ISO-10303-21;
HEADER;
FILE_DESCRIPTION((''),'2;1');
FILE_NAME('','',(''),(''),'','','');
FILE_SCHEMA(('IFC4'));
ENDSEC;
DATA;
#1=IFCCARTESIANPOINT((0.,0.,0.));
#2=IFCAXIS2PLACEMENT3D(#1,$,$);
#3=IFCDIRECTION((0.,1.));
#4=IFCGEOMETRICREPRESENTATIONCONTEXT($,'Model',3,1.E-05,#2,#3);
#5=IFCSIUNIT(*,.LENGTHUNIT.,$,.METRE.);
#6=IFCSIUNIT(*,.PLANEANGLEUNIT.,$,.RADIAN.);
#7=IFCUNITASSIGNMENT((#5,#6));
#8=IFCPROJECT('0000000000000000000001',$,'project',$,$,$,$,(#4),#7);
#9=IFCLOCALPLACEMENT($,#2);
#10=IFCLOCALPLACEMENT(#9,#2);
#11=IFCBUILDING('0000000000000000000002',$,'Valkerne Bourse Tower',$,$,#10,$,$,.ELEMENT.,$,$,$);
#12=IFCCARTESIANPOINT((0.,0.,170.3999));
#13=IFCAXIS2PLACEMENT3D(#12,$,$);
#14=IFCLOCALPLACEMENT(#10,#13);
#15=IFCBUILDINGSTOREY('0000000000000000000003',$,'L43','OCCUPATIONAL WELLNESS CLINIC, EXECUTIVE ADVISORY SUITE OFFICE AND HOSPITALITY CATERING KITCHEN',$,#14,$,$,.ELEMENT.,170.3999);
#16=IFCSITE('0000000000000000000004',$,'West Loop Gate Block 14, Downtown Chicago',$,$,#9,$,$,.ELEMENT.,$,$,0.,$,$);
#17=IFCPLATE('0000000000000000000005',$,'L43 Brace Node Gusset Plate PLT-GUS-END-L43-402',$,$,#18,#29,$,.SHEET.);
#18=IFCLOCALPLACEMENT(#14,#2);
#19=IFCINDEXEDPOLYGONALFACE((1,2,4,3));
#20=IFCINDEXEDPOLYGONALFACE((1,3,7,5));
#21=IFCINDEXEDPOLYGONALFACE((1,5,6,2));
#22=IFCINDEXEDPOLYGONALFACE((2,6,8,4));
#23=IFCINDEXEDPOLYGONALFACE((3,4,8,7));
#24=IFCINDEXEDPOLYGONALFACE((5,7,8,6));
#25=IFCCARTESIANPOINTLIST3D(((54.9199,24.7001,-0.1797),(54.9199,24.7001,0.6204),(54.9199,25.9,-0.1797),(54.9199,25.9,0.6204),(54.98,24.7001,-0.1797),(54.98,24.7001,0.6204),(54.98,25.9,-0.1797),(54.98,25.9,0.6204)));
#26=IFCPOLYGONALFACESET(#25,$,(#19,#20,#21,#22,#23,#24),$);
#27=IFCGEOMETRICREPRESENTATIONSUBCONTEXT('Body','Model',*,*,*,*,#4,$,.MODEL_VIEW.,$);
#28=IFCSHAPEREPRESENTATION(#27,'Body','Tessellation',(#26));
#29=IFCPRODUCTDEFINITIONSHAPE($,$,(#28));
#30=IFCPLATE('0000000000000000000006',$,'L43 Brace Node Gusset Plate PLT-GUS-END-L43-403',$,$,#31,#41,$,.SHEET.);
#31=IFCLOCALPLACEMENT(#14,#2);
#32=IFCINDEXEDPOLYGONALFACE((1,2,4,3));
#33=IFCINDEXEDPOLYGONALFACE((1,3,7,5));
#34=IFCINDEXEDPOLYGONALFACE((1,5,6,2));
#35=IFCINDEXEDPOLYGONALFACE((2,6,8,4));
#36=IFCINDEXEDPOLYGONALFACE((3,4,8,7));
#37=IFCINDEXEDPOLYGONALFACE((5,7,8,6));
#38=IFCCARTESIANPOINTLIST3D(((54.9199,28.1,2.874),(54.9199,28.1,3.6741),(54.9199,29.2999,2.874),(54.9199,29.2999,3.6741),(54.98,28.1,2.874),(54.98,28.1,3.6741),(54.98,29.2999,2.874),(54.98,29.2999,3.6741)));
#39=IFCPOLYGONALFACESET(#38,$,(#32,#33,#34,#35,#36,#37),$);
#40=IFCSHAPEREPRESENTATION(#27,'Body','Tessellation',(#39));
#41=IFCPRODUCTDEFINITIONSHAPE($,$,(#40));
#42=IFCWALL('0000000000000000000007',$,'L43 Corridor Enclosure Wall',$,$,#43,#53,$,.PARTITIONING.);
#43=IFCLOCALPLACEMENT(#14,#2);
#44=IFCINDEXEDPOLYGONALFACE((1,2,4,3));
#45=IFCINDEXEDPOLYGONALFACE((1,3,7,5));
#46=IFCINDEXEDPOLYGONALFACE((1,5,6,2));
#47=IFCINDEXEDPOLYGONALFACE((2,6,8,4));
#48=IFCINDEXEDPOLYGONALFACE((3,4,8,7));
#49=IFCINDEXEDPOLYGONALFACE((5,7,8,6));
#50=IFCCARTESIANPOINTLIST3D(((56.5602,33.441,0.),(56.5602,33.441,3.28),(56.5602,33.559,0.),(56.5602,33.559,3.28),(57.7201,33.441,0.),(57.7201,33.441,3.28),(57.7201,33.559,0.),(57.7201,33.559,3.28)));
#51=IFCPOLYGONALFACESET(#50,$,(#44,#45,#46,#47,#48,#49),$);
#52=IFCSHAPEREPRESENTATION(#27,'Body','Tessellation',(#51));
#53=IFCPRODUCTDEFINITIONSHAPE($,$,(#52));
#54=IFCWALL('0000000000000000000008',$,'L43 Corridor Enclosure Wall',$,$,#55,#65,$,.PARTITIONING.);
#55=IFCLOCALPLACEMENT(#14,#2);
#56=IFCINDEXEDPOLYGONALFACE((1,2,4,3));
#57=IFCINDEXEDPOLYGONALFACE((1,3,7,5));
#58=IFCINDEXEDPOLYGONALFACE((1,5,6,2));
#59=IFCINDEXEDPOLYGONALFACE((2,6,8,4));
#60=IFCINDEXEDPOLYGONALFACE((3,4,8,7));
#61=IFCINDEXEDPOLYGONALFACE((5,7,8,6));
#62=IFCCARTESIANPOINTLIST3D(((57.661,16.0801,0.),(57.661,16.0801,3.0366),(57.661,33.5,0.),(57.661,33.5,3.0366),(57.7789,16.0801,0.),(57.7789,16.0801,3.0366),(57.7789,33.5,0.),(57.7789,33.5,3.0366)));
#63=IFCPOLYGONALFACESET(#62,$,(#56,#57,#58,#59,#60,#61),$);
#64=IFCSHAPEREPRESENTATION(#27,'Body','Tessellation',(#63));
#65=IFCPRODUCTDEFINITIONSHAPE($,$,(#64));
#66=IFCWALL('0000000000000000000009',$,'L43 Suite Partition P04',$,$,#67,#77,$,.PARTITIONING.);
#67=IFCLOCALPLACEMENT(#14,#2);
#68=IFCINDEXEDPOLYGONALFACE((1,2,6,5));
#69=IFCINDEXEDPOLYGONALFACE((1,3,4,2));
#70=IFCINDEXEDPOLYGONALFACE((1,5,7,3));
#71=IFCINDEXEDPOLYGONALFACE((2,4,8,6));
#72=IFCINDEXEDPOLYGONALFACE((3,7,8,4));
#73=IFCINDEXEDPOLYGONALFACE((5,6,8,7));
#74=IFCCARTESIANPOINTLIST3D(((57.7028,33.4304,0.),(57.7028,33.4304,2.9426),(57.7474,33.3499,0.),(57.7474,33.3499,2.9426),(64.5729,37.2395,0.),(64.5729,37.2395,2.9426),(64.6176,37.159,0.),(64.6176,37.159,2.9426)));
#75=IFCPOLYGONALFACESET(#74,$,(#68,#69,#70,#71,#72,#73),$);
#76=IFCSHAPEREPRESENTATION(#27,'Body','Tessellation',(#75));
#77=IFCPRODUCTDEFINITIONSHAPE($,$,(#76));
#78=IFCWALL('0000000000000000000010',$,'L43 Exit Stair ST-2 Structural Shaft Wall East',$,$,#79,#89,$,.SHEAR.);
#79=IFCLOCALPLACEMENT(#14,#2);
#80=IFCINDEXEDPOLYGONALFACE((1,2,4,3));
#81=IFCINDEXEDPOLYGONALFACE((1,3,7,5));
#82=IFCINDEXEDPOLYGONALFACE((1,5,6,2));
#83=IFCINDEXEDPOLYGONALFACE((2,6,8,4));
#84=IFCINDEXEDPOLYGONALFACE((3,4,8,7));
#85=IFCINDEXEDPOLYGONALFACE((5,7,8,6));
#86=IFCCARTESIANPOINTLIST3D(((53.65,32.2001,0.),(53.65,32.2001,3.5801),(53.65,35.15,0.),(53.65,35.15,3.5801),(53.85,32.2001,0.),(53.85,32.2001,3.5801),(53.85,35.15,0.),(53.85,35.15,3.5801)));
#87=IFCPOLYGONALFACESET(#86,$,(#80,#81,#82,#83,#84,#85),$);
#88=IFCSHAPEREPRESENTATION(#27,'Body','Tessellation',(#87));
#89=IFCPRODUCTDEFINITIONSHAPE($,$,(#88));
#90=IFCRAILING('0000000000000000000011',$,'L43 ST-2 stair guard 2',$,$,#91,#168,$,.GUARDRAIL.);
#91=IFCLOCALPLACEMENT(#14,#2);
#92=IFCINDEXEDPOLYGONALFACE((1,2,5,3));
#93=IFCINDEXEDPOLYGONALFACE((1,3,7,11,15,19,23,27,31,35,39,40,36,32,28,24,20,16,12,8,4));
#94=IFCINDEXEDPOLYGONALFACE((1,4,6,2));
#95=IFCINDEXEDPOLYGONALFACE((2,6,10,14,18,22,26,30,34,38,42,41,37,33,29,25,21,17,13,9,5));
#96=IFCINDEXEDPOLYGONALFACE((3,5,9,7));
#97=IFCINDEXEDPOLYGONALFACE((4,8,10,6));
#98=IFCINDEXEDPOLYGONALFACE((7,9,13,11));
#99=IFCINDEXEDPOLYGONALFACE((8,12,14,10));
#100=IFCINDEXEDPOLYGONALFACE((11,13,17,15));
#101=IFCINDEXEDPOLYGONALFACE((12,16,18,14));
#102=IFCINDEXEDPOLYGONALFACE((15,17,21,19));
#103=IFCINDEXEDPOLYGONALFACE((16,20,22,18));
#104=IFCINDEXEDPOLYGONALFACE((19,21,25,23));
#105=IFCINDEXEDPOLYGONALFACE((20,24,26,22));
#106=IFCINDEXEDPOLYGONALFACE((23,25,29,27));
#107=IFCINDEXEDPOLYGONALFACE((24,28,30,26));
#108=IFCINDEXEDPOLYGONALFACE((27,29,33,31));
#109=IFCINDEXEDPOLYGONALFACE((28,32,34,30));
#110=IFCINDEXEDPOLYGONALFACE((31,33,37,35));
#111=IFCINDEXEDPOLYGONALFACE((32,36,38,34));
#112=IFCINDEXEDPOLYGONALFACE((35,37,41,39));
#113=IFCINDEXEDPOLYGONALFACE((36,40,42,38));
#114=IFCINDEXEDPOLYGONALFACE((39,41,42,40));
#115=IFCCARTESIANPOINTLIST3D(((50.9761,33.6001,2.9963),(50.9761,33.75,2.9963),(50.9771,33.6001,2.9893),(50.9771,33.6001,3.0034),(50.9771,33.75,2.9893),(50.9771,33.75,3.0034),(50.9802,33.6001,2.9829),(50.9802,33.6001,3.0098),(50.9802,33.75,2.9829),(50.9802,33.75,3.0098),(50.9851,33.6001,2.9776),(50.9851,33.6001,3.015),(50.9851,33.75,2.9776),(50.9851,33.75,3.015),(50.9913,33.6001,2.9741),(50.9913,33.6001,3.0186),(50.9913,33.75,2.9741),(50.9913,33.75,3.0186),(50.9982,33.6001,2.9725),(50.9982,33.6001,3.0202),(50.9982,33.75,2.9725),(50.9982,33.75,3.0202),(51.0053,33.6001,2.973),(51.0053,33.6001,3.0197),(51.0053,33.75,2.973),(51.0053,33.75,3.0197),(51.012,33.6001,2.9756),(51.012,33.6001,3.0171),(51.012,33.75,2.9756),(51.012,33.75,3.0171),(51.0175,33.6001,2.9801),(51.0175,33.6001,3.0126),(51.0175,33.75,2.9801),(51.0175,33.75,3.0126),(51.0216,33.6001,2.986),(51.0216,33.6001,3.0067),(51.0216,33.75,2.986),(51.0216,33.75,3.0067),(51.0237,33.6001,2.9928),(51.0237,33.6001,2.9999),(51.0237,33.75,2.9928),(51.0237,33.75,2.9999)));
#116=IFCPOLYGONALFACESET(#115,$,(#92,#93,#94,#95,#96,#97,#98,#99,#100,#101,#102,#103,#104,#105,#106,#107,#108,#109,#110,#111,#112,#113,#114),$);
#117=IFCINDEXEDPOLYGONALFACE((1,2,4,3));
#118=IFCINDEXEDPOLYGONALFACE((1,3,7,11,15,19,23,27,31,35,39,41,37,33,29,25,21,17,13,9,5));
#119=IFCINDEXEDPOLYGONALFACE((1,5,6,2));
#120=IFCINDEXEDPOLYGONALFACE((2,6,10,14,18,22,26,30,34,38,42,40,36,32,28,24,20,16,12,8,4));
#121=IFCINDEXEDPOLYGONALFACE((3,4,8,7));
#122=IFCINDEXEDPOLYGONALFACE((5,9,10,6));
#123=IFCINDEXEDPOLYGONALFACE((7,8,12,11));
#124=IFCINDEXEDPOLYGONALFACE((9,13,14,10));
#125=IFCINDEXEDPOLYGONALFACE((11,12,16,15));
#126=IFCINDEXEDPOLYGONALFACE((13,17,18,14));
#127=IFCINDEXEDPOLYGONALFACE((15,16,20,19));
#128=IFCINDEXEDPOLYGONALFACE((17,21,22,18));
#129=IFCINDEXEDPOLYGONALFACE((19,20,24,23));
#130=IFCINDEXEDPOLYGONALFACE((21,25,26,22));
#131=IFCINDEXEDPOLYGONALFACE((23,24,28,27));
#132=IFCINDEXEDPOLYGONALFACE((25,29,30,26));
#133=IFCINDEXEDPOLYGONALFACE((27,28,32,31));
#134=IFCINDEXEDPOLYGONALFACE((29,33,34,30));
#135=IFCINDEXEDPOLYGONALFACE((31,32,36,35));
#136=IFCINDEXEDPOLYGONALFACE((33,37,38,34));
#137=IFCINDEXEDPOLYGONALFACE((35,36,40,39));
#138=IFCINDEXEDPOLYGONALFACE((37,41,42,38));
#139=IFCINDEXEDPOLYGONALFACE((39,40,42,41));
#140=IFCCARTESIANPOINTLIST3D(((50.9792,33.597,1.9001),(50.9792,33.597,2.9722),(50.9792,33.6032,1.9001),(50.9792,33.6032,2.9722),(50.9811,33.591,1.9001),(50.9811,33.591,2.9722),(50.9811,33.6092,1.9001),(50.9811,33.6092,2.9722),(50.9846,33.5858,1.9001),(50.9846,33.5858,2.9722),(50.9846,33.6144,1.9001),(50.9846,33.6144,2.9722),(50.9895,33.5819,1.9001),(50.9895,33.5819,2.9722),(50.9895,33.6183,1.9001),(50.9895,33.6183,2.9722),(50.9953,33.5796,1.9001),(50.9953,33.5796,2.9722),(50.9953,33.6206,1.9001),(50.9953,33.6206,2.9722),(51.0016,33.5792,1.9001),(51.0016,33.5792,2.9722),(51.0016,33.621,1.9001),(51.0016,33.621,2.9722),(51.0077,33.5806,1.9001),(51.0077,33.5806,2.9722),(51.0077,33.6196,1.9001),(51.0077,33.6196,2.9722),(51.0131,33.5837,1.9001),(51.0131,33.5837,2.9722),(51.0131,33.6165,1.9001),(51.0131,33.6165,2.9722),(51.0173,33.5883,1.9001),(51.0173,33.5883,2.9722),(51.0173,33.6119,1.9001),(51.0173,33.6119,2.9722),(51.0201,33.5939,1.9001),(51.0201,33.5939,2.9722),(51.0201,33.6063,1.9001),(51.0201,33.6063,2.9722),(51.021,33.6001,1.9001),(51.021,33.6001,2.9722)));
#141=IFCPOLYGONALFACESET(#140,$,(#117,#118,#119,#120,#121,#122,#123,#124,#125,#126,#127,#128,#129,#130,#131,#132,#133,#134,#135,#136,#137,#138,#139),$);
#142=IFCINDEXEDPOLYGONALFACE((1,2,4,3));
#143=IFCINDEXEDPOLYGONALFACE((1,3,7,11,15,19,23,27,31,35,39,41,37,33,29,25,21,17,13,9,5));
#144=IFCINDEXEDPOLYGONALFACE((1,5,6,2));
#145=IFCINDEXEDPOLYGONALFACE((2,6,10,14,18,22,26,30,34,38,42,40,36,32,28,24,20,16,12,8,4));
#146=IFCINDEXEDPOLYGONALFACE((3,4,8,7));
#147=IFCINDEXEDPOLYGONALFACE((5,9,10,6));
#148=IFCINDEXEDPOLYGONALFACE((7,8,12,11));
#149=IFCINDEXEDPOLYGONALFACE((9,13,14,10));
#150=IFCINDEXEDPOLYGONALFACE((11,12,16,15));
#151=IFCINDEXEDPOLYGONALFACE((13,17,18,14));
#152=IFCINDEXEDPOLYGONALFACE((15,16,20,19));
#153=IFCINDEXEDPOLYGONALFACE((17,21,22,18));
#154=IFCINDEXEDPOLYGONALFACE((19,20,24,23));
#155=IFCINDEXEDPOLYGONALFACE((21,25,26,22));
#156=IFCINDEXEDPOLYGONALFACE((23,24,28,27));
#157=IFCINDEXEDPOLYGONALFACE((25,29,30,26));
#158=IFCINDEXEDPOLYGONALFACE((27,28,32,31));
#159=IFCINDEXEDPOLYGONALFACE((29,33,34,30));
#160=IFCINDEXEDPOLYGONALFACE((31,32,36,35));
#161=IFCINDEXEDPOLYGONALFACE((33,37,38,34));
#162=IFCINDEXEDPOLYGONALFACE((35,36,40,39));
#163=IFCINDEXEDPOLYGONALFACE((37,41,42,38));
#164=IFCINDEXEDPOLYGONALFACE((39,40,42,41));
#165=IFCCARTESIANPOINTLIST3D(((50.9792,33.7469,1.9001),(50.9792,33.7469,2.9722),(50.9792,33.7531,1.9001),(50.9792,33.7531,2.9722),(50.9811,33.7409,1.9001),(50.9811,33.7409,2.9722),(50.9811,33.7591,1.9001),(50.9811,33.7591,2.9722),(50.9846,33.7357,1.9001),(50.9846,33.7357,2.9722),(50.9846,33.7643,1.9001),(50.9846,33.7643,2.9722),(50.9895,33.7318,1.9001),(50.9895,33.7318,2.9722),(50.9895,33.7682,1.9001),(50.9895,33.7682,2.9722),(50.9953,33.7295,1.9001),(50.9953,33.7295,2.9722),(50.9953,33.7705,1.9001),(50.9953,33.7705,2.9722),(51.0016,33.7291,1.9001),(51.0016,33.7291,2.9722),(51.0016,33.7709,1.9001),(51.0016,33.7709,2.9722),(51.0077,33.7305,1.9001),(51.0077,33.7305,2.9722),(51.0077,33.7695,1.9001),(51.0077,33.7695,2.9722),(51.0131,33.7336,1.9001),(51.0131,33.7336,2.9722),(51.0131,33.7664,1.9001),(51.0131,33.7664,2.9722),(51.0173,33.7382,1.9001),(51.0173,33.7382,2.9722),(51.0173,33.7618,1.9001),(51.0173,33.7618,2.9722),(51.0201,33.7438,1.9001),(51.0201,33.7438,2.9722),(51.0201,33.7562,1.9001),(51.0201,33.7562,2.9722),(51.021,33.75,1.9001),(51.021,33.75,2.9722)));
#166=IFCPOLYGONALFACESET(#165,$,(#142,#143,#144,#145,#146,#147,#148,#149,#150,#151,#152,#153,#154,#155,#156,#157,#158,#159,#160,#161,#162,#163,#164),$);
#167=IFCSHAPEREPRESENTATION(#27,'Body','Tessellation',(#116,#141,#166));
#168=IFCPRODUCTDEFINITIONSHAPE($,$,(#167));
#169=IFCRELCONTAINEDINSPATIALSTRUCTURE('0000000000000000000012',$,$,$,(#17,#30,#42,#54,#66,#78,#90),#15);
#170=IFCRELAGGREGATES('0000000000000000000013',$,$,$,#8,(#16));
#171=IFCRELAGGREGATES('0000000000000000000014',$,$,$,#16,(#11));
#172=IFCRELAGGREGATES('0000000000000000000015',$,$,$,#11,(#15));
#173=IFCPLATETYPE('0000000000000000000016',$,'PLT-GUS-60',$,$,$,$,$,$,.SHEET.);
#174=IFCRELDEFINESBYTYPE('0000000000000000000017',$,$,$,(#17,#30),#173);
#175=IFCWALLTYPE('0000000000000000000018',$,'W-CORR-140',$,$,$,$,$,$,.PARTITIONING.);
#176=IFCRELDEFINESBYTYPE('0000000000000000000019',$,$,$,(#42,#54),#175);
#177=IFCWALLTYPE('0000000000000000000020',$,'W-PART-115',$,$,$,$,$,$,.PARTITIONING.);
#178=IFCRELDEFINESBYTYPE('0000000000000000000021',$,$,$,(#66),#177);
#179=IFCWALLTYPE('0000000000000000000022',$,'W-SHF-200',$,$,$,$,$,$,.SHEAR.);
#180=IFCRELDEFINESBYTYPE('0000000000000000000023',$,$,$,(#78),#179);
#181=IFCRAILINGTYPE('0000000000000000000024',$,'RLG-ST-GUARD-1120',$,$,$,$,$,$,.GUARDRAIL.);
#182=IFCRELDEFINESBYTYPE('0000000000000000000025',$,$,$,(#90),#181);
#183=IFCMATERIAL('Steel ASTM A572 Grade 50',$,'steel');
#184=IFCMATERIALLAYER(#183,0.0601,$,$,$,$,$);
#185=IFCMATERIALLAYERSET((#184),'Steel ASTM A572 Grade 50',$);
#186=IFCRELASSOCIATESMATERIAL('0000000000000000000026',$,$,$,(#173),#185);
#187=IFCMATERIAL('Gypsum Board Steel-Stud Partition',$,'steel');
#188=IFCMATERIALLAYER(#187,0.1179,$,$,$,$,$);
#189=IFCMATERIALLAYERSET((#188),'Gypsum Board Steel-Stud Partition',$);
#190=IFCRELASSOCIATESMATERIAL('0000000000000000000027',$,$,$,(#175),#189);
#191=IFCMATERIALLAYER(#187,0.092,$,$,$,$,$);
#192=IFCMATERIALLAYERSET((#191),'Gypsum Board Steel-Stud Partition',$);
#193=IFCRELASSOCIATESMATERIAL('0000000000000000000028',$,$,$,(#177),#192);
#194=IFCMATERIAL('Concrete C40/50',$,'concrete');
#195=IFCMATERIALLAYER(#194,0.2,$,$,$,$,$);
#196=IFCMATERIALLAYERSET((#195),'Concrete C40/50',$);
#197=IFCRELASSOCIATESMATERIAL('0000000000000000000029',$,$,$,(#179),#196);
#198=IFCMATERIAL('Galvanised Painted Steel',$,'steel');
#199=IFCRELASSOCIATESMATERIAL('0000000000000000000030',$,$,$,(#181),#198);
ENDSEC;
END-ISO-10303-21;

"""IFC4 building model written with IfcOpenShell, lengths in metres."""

from ifc_helpers import new_model, si_unit, direction, frame, frame_2d, origin, origin_2d, place, context, subcontext, project, spatial, rectangle, circle, extrude, material, layer, layer_set, type_object, element, save


model = new_model("IFC4")

# Units and contexts
model_context = context("Model", 3, precision=1e-05, world=origin(), true_north=direction((0.0, 1.0)))
body_context = subcontext(model_context, "Body", "Model", "MODEL_VIEW")
ifc_project = project(units=[si_unit("LENGTHUNIT", "METRE"), si_unit("PLANEANGLEUNIT", "RADIAN")], contexts=[model_context])

# Site, building, storey
site_placement = place(None, origin())
site = spatial("IfcSite", under=ifc_project, at=site_placement, Name="West Loop Gate Block 14, Downtown Chicago", CompositionType="ELEMENT", RefElevation=0.0)
building_placement = place(site_placement, origin())
building = spatial("IfcBuilding", under=site, at=building_placement, Name="Valkerne Bourse Tower", CompositionType="ELEMENT")
storey_placement = place(building_placement, frame((0.0, 0.0, 170.3999)))
storey = spatial("IfcBuildingStorey", under=building, at=storey_placement, Name="L43", Description="OCCUPATIONAL WELLNESS CLINIC, EXECUTIVE ADVISORY SUITE OFFICE AND HOSPITALITY CATERING KITCHEN", CompositionType="ELEMENT", Elevation=170.3999)

# Plates
ifc_material_1 = material(Name="Steel ASTM A572 Grade 50", Category="steel")
ifc_layer_1 = layer(ifc_material_1, 0.0601)
ifc_layer_set_1 = layer_set([ifc_layer_1], Name="Steel ASTM A572 Grade 50")
plate_type_1 = type_object("IfcPlateType", Name="PLT-GUS-60", PredefinedType="SHEET", material=ifc_layer_set_1)
for number, where, z_axis, x_axis, name in (
    (1, (54.95, 25.3, -0.1797), (0.0, 0.0, 1.0), (0.0, 1.0, 0.0), "L43 Brace Node Gusset Plate PLT-GUS-END-L43-402"),
    (2, (54.95, 28.7, 2.874), (0.0, 0.0, 1.0), (0.0, 1.0, 0.0), "L43 Brace Node Gusset Plate PLT-GUS-END-L43-403"),
):
    element("IfcPlate", number, at=place(storey_placement, frame(where, z_axis=z_axis, x_axis=x_axis)), inside=storey, type_object=plate_type_1, Name=name, PredefinedType="SHEET", context=body_context, shape_type="SweptSolid", body=[
        extrude(rectangle(XDim=1.2, YDim=0.0601, at=origin_2d()), origin(), (0.0, 0.0, 1.0), 0.8),
    ])

# Walls
ifc_material_2 = material(Name="Gypsum Board Steel-Stud Partition", Category="steel")
ifc_layer_2 = layer(ifc_material_2, 0.1179)
ifc_layer_set_2 = layer_set([ifc_layer_2], Name="Gypsum Board Steel-Stud Partition")
wall_type_1 = type_object("IfcWallType", Name="W-CORR-140", PredefinedType="PARTITIONING", material=ifc_layer_set_2)
wall_1_placement = place(storey_placement, frame((56.5601, 33.5, 0.0), z_axis=(0.0, 0.0, 1.0), x_axis=(1.0, 0.0, 0.0)))
element("IfcWall", 3, at=wall_1_placement, inside=storey, type_object=wall_type_1, Name="L43 Corridor Enclosure Wall", PredefinedType="PARTITIONING", context=body_context, shape_type="SweptSolid", body=[
    extrude(rectangle(XDim=1.1599, YDim=0.1179, at=frame_2d((0.5801, 0.0))), origin(), (0.0, 0.0, 1.0), 3.28),
])
wall_2_placement = place(storey_placement, frame((57.72, 33.5, 0.0), z_axis=(0.0, 0.0, 1.0), x_axis=(0.0, -1.0, 0.0)))
element("IfcWall", 4, at=wall_2_placement, inside=storey, type_object=wall_type_1, Name="L43 Corridor Enclosure Wall", PredefinedType="PARTITIONING", context=body_context, shape_type="SweptSolid", body=[
    extrude(rectangle(XDim=17.4199, YDim=0.1179, at=frame_2d((8.71, 0.0))), origin(), (0.0, 0.0, 1.0), 3.0366),
])

# Walls
ifc_layer_3 = layer(ifc_material_2, 0.092)
ifc_layer_set_3 = layer_set([ifc_layer_3], Name="Gypsum Board Steel-Stud Partition")
wall_type_2 = type_object("IfcWallType", Name="W-PART-115", PredefinedType="PARTITIONING", material=ifc_layer_set_3)
wall_3_placement = place(storey_placement, frame((57.7251, 33.3901, 0.0), z_axis=(0.0, 0.0, 1.0), x_axis=(0.87457, 0.484899, 0.0)))
element("IfcWall", 5, at=wall_3_placement, inside=storey, type_object=wall_type_2, Name="L43 Suite Partition P04", PredefinedType="PARTITIONING", context=body_context, shape_type="SweptSolid", body=[
    extrude(rectangle(XDim=7.8555, YDim=0.092, at=frame_2d((3.9277, 0.0))), origin(), (0.0, 0.0, 1.0), 2.9426),
])
ifc_material_3 = material(Name="Concrete C40/50", Category="concrete")
ifc_layer_4 = layer(ifc_material_3, 0.2)
ifc_layer_set_4 = layer_set([ifc_layer_4], Name="Concrete C40/50")
wall_type_3 = type_object("IfcWallType", Name="W-SHF-200", PredefinedType="SHEAR", material=ifc_layer_set_4)
wall_4_placement = place(storey_placement, frame((53.75, 32.2, 0.0), z_axis=(0.0, 0.0, 1.0), x_axis=(0.0, 1.0, 0.0)))
element("IfcWall", 6, at=wall_4_placement, inside=storey, type_object=wall_type_3, Name="L43 Exit Stair ST-2 Structural Shaft Wall East", PredefinedType="SHEAR", context=body_context, shape_type="SweptSolid", body=[
    extrude(rectangle(XDim=2.95, YDim=0.2, at=frame_2d((1.4751, 0.0))), origin(), (0.0, 0.0, 1.0), 3.5801),
])

# Railing
ifc_material_4 = material(Name="Galvanised Painted Steel", Category="steel")
railing_type_1 = type_object("IfcRailingType", Name="RLG-ST-GUARD-1120", PredefinedType="GUARDRAIL", material=ifc_material_4)
railing_1_placement = place(storey_placement, frame((51.0, 33.6001, 1.9001)))
element("IfcRailing", 7, at=railing_1_placement, inside=storey, type_object=railing_type_1, Name="L43 ST-2 stair guard 2", PredefinedType="GUARDRAIL", context=body_context, shape_type="SweptSolid", body=[
    extrude(circle(Radius=0.0239, at=origin_2d()), frame((0.0, 0.0, 1.0962), z_axis=(0.0, 1.0, 0.0), x_axis=(-1.0, 0.0, 0.0)), (0.0, 0.0, 1.0), 0.1499),
    extrude(circle(Radius=0.021, at=origin_2d()), origin(), (0.0, 0.0, 1.0), 1.072),
    extrude(circle(Radius=0.021, at=origin_2d()), frame((0.0, 0.1499, 0.0)), (0.0, 0.0, 1.0), 1.072),
])

save(model, "model.ifc")
